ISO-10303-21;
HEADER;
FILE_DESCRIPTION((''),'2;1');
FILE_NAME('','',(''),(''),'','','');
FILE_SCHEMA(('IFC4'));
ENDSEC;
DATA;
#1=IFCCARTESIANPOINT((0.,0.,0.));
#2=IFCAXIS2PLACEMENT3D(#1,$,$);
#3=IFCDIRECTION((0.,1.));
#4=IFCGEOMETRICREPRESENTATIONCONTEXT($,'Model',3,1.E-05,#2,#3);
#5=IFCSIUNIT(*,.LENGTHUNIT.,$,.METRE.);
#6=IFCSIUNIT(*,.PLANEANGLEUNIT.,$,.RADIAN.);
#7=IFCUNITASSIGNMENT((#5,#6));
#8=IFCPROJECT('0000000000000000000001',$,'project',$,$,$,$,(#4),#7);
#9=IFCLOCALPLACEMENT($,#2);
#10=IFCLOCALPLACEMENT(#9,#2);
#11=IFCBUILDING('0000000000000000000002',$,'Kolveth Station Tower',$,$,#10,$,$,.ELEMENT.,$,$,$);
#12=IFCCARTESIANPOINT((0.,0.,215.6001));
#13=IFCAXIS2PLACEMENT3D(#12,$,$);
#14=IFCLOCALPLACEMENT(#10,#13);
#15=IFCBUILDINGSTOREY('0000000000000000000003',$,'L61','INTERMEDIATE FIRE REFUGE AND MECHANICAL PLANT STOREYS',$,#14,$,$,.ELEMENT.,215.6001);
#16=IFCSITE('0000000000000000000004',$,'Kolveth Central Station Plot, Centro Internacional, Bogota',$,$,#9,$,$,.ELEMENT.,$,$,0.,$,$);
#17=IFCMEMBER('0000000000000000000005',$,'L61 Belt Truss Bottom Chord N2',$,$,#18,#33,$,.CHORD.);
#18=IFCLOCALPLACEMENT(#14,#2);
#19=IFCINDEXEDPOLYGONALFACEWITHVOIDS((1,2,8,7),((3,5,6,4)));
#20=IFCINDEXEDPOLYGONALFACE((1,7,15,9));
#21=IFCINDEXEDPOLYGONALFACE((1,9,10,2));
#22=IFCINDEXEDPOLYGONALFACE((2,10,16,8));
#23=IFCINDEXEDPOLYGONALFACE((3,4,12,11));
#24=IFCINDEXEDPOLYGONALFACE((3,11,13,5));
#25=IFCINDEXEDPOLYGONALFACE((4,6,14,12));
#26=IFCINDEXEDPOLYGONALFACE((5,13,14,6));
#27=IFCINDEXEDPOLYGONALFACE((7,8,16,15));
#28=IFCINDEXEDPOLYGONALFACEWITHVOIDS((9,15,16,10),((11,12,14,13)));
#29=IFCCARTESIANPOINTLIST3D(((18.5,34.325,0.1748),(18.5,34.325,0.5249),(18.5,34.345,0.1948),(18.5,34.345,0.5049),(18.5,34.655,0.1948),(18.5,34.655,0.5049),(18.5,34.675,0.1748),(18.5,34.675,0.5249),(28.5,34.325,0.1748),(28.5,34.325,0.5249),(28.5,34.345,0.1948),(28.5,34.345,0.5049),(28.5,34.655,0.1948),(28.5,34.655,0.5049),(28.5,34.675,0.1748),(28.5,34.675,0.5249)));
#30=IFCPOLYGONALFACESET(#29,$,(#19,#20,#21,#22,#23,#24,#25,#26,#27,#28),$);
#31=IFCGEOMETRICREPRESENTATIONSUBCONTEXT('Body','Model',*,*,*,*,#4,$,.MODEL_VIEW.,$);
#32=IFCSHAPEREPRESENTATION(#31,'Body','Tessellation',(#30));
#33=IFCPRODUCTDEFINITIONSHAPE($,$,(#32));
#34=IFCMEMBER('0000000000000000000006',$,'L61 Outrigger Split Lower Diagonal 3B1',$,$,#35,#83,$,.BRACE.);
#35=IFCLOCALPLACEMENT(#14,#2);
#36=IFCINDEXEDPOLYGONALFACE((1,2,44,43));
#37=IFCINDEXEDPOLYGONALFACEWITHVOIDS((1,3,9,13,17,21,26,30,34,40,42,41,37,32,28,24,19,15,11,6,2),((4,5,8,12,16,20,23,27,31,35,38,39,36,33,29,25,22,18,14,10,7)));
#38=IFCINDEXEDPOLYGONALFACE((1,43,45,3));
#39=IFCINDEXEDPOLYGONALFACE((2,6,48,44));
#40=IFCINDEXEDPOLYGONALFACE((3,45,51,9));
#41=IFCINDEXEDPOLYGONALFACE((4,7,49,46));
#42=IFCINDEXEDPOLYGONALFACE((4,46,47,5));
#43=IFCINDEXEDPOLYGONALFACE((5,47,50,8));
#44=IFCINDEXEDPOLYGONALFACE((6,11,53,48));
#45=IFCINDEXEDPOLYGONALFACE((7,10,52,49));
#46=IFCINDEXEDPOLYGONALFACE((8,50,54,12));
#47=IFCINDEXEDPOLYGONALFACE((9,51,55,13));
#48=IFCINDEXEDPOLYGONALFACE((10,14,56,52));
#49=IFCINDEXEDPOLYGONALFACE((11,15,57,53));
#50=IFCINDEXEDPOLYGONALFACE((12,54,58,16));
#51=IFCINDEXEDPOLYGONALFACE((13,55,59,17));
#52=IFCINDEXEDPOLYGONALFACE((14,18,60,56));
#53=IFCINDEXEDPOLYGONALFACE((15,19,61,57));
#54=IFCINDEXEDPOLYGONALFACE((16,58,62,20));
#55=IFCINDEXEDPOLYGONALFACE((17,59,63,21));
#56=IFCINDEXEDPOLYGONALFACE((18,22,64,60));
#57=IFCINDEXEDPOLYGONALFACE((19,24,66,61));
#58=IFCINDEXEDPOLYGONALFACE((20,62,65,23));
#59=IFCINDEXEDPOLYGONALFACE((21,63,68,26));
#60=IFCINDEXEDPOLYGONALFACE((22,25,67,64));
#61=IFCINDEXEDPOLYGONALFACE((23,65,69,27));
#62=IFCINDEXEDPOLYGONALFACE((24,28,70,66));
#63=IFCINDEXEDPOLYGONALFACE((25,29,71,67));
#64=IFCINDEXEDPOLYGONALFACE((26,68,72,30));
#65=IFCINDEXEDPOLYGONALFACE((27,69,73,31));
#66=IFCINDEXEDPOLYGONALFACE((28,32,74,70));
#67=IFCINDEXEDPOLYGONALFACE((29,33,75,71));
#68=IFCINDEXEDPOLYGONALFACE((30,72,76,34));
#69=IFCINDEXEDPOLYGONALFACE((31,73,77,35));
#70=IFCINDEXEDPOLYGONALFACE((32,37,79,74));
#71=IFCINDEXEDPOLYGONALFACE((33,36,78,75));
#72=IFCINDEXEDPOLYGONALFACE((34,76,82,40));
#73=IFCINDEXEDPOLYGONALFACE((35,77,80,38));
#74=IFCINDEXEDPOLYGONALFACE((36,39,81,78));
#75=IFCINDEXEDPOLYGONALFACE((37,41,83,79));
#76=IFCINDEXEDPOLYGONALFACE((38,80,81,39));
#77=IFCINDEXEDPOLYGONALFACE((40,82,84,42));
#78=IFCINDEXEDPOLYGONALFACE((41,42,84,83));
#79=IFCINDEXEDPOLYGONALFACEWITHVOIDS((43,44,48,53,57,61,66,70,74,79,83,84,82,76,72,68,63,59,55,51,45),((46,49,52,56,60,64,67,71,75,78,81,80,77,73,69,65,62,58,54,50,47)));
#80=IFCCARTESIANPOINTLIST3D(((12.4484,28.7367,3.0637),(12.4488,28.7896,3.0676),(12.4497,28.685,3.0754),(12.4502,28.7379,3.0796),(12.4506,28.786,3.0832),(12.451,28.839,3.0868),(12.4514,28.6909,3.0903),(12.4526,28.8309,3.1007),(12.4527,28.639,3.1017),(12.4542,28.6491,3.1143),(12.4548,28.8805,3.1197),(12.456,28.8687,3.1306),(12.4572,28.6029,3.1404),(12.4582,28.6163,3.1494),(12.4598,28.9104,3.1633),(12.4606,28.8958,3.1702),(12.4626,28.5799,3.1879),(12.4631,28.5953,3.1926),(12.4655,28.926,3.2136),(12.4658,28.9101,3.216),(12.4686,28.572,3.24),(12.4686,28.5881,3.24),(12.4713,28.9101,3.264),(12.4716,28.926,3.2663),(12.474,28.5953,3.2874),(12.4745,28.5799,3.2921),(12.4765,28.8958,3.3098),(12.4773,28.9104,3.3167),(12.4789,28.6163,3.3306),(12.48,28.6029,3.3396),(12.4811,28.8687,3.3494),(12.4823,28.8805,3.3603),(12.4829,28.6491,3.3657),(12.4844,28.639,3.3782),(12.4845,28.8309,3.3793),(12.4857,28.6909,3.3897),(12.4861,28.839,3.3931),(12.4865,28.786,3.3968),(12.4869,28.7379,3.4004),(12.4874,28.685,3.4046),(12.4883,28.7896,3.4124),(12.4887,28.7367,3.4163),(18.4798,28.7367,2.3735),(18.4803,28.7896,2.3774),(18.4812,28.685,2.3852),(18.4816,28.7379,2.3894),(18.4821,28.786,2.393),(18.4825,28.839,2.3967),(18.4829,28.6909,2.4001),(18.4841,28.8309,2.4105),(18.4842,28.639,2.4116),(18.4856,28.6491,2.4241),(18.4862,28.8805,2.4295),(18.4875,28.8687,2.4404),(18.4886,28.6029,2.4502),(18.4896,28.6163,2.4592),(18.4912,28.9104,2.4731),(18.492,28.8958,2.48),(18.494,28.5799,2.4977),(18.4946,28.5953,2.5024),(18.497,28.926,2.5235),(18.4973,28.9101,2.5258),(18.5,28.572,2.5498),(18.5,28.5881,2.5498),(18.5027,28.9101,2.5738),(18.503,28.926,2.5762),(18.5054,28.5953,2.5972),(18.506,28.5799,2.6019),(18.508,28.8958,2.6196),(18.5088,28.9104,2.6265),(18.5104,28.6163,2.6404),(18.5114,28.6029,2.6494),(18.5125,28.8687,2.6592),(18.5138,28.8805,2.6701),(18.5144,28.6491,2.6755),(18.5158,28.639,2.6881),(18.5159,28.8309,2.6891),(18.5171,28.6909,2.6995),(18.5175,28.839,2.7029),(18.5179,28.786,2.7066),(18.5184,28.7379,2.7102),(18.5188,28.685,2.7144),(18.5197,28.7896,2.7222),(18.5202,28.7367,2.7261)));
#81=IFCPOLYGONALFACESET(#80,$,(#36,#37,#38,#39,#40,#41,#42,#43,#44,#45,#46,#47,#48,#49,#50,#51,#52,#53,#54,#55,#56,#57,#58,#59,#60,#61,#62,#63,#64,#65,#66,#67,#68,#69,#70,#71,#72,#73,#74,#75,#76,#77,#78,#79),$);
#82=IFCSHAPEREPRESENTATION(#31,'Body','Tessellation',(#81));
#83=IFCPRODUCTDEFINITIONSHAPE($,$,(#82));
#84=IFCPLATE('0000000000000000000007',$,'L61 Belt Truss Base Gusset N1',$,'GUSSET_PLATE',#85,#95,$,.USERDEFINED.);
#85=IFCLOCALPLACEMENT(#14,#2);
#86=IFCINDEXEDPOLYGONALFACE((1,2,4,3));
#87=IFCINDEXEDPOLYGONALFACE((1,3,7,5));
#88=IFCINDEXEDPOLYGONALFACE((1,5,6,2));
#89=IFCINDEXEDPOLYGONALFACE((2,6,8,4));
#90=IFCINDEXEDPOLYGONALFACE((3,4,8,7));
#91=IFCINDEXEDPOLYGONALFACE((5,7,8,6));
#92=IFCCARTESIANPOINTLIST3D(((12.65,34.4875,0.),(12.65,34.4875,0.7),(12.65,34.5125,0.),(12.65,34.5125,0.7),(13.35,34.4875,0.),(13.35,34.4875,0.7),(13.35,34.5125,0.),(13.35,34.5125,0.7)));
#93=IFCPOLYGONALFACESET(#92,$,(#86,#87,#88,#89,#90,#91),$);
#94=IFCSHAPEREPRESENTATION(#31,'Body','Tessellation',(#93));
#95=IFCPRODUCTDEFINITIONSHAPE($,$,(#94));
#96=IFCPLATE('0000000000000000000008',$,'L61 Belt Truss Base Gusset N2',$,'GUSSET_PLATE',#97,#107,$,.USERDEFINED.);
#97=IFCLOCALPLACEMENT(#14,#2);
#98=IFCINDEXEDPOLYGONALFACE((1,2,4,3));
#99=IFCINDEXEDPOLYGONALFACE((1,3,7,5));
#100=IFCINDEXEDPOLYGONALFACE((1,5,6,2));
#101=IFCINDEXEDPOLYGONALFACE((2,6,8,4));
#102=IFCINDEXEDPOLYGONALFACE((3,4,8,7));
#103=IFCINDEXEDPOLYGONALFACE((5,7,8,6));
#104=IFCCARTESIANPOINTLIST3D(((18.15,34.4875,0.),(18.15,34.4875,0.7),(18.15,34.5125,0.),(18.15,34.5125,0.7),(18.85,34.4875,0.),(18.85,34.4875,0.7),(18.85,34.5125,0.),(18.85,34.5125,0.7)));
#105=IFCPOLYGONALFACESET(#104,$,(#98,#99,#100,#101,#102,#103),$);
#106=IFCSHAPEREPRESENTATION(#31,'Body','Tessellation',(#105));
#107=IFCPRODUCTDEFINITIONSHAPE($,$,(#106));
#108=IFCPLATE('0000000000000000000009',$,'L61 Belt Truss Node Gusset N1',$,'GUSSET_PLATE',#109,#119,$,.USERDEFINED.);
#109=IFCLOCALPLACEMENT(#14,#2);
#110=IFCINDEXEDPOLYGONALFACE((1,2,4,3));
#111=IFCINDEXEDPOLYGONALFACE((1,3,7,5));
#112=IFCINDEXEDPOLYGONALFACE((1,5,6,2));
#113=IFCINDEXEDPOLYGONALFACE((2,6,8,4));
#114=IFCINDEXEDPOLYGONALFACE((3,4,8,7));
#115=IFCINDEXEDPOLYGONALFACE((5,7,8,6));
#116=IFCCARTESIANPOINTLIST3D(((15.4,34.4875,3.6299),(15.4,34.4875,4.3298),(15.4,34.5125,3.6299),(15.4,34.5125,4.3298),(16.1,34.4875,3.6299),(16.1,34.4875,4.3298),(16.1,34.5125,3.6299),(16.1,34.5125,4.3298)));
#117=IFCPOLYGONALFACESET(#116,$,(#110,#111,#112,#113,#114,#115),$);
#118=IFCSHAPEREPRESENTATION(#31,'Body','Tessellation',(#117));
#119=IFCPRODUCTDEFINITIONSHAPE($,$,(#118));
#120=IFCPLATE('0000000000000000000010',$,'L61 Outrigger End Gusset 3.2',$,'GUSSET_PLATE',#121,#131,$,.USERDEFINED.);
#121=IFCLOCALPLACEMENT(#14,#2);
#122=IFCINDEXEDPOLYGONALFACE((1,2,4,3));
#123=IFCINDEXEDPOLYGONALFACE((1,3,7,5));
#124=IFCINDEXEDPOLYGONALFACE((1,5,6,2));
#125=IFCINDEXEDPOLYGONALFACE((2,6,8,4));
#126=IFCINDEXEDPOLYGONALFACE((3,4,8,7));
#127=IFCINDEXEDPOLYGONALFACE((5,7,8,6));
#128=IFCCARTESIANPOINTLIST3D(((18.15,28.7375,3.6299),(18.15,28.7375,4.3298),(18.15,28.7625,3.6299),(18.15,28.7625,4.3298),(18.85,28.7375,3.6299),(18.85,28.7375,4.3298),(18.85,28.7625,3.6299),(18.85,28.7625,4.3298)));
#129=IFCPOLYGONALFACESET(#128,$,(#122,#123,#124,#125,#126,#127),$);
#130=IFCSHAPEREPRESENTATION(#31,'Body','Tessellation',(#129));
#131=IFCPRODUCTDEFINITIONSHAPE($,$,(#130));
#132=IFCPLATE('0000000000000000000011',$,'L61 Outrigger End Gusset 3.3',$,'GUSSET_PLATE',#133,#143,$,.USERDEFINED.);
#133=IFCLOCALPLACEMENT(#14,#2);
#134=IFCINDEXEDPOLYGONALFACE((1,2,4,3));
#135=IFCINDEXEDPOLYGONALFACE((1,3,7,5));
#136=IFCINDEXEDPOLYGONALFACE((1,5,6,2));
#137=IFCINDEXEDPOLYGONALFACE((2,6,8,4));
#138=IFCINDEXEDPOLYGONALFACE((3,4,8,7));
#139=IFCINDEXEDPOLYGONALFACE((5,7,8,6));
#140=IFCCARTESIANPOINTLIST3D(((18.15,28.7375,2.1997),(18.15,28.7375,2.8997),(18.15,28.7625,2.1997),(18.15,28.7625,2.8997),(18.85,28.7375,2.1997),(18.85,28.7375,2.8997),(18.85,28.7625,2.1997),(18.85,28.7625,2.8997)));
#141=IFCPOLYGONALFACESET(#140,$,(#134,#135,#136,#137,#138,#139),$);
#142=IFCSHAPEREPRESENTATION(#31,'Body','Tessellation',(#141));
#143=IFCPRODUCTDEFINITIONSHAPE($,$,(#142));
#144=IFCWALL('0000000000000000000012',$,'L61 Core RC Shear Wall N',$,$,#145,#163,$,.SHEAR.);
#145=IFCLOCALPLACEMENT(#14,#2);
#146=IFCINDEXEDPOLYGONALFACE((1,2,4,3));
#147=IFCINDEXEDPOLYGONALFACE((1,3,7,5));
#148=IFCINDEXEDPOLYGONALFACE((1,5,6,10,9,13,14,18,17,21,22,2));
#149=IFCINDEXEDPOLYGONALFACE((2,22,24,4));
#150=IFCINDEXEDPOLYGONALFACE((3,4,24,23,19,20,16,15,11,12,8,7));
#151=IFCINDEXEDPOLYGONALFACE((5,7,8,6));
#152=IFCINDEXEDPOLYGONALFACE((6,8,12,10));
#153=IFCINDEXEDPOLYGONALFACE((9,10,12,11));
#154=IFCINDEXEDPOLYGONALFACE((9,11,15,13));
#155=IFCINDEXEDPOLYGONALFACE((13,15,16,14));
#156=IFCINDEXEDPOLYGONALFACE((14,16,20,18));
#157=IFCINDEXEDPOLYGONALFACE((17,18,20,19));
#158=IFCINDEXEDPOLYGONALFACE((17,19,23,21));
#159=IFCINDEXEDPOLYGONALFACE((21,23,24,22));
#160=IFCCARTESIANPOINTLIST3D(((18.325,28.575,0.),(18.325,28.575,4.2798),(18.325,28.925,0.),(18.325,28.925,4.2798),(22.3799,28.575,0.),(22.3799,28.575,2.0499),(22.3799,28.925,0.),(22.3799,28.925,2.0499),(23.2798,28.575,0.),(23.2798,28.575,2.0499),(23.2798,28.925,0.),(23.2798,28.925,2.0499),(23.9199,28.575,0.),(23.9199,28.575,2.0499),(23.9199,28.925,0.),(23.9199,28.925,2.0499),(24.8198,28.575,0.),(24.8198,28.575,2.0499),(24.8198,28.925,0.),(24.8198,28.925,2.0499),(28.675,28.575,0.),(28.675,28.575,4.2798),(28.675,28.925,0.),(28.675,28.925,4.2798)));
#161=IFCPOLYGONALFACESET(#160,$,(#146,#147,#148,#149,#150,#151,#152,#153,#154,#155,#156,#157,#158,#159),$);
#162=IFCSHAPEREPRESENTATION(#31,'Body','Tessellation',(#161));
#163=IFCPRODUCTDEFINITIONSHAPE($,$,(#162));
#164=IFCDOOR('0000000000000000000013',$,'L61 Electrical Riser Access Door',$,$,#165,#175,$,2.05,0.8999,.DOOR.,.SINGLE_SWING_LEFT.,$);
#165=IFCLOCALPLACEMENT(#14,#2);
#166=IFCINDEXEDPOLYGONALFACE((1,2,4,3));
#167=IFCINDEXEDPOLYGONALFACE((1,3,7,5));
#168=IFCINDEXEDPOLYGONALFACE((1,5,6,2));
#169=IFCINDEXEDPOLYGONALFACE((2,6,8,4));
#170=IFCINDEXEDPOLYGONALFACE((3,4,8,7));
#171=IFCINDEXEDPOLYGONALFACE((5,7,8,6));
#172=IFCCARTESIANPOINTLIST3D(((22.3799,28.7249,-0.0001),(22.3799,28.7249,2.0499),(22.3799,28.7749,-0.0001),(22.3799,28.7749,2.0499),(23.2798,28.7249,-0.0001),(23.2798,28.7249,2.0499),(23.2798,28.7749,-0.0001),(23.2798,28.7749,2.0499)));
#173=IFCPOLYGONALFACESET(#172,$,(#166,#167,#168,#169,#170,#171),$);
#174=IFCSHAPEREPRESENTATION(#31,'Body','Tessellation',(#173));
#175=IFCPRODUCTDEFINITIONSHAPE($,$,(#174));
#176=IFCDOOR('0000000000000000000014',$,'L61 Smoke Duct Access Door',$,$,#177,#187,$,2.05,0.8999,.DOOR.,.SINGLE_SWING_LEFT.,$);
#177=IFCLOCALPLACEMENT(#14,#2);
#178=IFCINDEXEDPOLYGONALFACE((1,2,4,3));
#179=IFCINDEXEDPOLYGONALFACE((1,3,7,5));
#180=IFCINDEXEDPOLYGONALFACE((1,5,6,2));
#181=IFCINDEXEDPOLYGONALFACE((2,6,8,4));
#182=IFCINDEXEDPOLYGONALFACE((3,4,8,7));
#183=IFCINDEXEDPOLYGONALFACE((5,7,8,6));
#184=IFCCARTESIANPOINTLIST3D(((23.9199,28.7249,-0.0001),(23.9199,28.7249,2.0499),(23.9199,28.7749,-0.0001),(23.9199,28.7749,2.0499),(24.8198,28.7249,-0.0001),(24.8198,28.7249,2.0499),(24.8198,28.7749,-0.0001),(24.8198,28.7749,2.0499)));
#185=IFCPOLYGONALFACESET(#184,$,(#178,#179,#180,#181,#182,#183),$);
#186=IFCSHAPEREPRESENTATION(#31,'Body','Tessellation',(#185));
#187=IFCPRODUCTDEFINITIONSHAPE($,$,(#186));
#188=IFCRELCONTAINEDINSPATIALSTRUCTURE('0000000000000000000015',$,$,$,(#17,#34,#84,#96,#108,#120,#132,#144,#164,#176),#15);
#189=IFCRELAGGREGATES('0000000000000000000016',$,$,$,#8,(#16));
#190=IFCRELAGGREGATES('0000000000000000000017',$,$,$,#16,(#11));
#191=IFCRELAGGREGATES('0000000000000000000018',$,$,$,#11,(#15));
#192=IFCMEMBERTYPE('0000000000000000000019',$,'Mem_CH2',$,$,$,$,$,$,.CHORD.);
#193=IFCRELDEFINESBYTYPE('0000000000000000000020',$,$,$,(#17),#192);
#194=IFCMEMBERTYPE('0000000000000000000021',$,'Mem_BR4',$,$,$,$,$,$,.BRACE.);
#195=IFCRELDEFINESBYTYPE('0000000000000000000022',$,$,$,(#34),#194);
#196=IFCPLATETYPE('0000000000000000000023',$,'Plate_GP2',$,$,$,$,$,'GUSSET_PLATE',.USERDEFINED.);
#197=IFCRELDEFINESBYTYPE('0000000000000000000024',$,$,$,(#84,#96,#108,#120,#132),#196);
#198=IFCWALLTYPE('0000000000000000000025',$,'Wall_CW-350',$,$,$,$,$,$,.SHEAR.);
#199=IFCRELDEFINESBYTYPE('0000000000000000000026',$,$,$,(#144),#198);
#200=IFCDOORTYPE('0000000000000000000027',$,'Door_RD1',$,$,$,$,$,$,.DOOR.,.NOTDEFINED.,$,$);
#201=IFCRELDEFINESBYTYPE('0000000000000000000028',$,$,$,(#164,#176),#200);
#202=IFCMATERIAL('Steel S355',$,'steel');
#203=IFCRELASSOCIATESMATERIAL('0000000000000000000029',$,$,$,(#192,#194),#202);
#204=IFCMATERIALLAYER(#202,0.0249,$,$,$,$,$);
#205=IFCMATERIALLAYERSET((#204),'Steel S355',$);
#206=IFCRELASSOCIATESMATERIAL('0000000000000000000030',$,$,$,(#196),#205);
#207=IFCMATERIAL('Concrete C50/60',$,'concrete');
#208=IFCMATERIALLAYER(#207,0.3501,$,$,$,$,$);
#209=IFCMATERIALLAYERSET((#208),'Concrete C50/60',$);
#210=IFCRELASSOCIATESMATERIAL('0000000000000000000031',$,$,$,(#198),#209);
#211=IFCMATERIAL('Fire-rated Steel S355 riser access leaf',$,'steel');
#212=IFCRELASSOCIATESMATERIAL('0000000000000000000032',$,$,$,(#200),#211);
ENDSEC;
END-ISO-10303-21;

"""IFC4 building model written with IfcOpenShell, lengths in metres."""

from ifc_helpers import new_model, si_unit, direction, frame, frame_2d, origin, origin_2d, place, context, subcontext, project, spatial, rectangle, hollow_rectangle, hollow_circle, extrude, source, transform, mapped, material, layer, layer_set, material_profile, profile_set, type_object, element, fill, save


model = new_model("IFC4")

# Units and contexts
model_context = context("Model", 3, precision=1e-05, world=origin(), true_north=direction((0.0, 1.0)))
body_context = subcontext(model_context, "Body", "Model", "MODEL_VIEW")
ifc_project = project(units=[si_unit("LENGTHUNIT", "METRE"), si_unit("PLANEANGLEUNIT", "RADIAN")], contexts=[model_context])

# Site, building, storey
site_placement = place(None, origin())
site = spatial("IfcSite", under=ifc_project, at=site_placement, Name="Kolveth Central Station Plot, Centro Internacional, Bogota", CompositionType="ELEMENT", RefElevation=0.0)
building_placement = place(site_placement, origin())
building = spatial("IfcBuilding", under=site, at=building_placement, Name="Kolveth Station Tower", CompositionType="ELEMENT")
storey_placement = place(building_placement, frame((0.0, 0.0, 215.6001)))
storey = spatial("IfcBuildingStorey", under=building, at=storey_placement, Name="L61", Description="INTERMEDIATE FIRE REFUGE AND MECHANICAL PLANT STOREYS", CompositionType="ELEMENT", Elevation=215.6001)

# Shared definitions
ifc_material_1 = material(Name="Steel S355", Category="steel")

# Members
ifc_material_profile_1 = material_profile(ifc_material_1, hollow_rectangle(XDim=0.3501, YDim=0.3501, WallThickness=0.02, at=origin_2d()), Name="HSS350x350x20")
ifc_profile_set_1 = profile_set([ifc_material_profile_1], Name="Steel S355")
member_type_1 = type_object("IfcMemberType", Name="Mem_CH2", PredefinedType="CHORD", material=ifc_profile_set_1)
shared_shape_1 = source(origin(), body_context, "Body", "SweptSolid", [
    extrude(hollow_rectangle(XDim=0.3501, YDim=0.3501, WallThickness=0.02, at=origin_2d()), origin(), (0.0, 0.0, 1.0), 10.0),
])
member_1_placement = place(storey_placement, frame((18.5, 34.5, 0.3499), z_axis=(1.0, 0.0, 0.0), x_axis=(0.0, 1.0, 0.0)))
element("IfcMember", 1, at=member_1_placement, inside=storey, type_object=member_type_1, Name="L61 Belt Truss Bottom Chord N2", PredefinedType="CHORD", context=body_context, shape_type="MappedRepresentation", body=[
    mapped(shared_shape_1, transform((0.0, 0.0, 0.0), x_axis=(1.0, 0.0, 0.0), y_axis=(0.0, 1.0, 0.0), z_axis=(0.0, 0.0, 1.0), scale=1.0)),
])
ifc_material_profile_2 = material_profile(ifc_material_1, hollow_circle(Radius=0.178, WallThickness=0.0161, at=origin_2d()), Name="CHS356x16")
ifc_profile_set_2 = profile_set([ifc_material_profile_2], Name="Steel S355")
member_type_2 = type_object("IfcMemberType", Name="Mem_BR4", PredefinedType="BRACE", material=ifc_profile_set_2)
shared_shape_2 = source(origin(), body_context, "Body", "SweptSolid", [
    extrude(hollow_circle(Radius=0.178, WallThickness=0.0161, at=origin_2d()), origin(), (0.0, 0.0, 1.0), 6.0708),
])
member_2_placement = place(storey_placement, frame((18.5, 28.75, 2.5498), z_axis=(-0.993516, 0.0, 0.113688), x_axis=(0.0, -1.0, 0.0)))
element("IfcMember", 2, at=member_2_placement, inside=storey, type_object=member_type_2, Name="L61 Outrigger Split Lower Diagonal 3B1", PredefinedType="BRACE", context=body_context, shape_type="MappedRepresentation", body=[
    mapped(shared_shape_2, transform((0.0, 0.0, 0.0), x_axis=(1.0, 0.0, 0.0), y_axis=(0.0, 1.0, 0.0), z_axis=(0.0, 0.0, 1.0), scale=1.0)),
])

# Plates
ifc_layer_1 = layer(ifc_material_1, 0.0249)
ifc_layer_set_1 = layer_set([ifc_layer_1], Name="Steel S355")
plate_type = type_object("IfcPlateType", Name="Plate_GP2", ElementType="GUSSET_PLATE", PredefinedType="USERDEFINED", material=ifc_layer_set_1)
shared_shape_3 = source(origin(), body_context, "Body", "SweptSolid", [
    extrude(rectangle(XDim=0.7, YDim=0.0249, at=origin_2d()), origin(), (0.0, 0.0, 1.0), 0.7),
])
for number, where, z_axis, x_axis, name in (
    (3, (13.0, 34.5, 0.0), (0.0, 0.0, 1.0), (1.0, 0.0, 0.0), "L61 Belt Truss Base Gusset N1"),
    (4, (18.5, 34.5, 0.0), (0.0, 0.0, 1.0), (1.0, 0.0, 0.0), "L61 Belt Truss Base Gusset N2"),
    (5, (15.75, 34.5, 3.6299), (0.0, 0.0, 1.0), (1.0, 0.0, 0.0), "L61 Belt Truss Node Gusset N1"),
    (6, (18.5, 28.75, 3.6299), (0.0, 0.0, 1.0), (1.0, 0.0, 0.0), "L61 Outrigger End Gusset 3.2"),
    (7, (18.5, 28.75, 2.1997), (0.0, 0.0, 1.0), (1.0, 0.0, 0.0), "L61 Outrigger End Gusset 3.3"),
):
    element("IfcPlate", number, at=place(storey_placement, frame(where, z_axis=z_axis, x_axis=x_axis)), inside=storey, type_object=plate_type, Name=name, ObjectType="GUSSET_PLATE", PredefinedType="USERDEFINED", context=body_context, shape_type="MappedRepresentation", body=[
        mapped(shared_shape_3, transform((0.0, 0.0, 0.0), x_axis=(1.0, 0.0, 0.0), y_axis=(0.0, 1.0, 0.0), z_axis=(0.0, 0.0, 1.0), scale=1.0)),
    ])

# Wall, openings, doors
ifc_material_2 = material(Name="Concrete C50/60", Category="concrete")
ifc_layer_2 = layer(ifc_material_2, 0.3501)
ifc_layer_set_2 = layer_set([ifc_layer_2], Name="Concrete C50/60")
wall_type = type_object("IfcWallType", Name="Wall_CW-350", PredefinedType="SHEAR", material=ifc_layer_set_2)
wall_placement = place(storey_placement, frame((18.325, 28.75, 0.0), z_axis=(0.0, 0.0, 1.0), x_axis=(1.0, 0.0, 0.0)))
wall = element("IfcWall", 8, at=wall_placement, inside=storey, type_object=wall_type, Name="L61 Core RC Shear Wall N", PredefinedType="SHEAR", context=body_context, shape_type="SweptSolid", body=[
    extrude(rectangle(XDim=10.3501, YDim=0.3501, at=frame_2d((5.175, 0.0))), origin(), (0.0, 0.0, 1.0), 4.2798),
])
opening_1_placement = place(wall_placement, frame((4.0549, 0.0, 0.0)))
opening_1 = element("IfcOpeningElement", 9, at=opening_1_placement, cuts=wall, PredefinedType="OPENING", context=body_context, shape_type="SweptSolid", body=[
    extrude(rectangle(XDim=0.8999, YDim=2.05, at=frame_2d((0.45, 1.0249))), frame((0.0, 0.1851, 0.0), z_axis=(0.0, -1.0, 0.0), x_axis=(1.0, 0.0, 0.0)), (0.0, 0.0, 1.0), 0.3701),
])
opening_2_placement = place(wall_placement, frame((5.595, 0.0, 0.0)))
opening_2 = element("IfcOpeningElement", 10, at=opening_2_placement, cuts=wall, PredefinedType="OPENING", context=body_context, shape_type="SweptSolid", body=[
    extrude(rectangle(XDim=0.8999, YDim=2.05, at=frame_2d((0.45, 1.0249))), frame((0.0, 0.1851, 0.0), z_axis=(0.0, -1.0, 0.0), x_axis=(1.0, 0.0, 0.0)), (0.0, 0.0, 1.0), 0.3701),
])
ifc_material_3 = material(Name="Fire-rated Steel S355 riser access leaf", Category="steel")
door_type = type_object("IfcDoorType", Name="Door_RD1", OperationType="NOTDEFINED", PredefinedType="DOOR", material=ifc_material_3)
door_1_placement = place(opening_1_placement, origin())
door_1 = element("IfcDoor", 11, at=door_1_placement, inside=storey, type_object=door_type, Name="L61 Electrical Riser Access Door", OperationType="SINGLE_SWING_LEFT", OverallHeight=2.05, OverallWidth=0.8999, PredefinedType="DOOR", context=body_context, shape_type="SweptSolid", body=[
    extrude(rectangle(XDim=0.8999, YDim=2.05, at=frame_2d((0.45, 1.0249))), frame((0.0, 0.0249, 0.0), z_axis=(0.0, -1.0, 0.0), x_axis=(1.0, 0.0, 0.0)), (0.0, 0.0, 1.0), 0.05),
])
fill(opening_1, door_1)
door_2_placement = place(opening_2_placement, origin())
door_2 = element("IfcDoor", 12, at=door_2_placement, inside=storey, type_object=door_type, Name="L61 Smoke Duct Access Door", OperationType="SINGLE_SWING_LEFT", OverallHeight=2.05, OverallWidth=0.8999, PredefinedType="DOOR", context=body_context, shape_type="SweptSolid", body=[
    extrude(rectangle(XDim=0.8999, YDim=2.05, at=frame_2d((0.45, 1.0249))), frame((0.0, 0.0249, 0.0), z_axis=(0.0, -1.0, 0.0), x_axis=(1.0, 0.0, 0.0)), (0.0, 0.0, 1.0), 0.05),
])
fill(opening_2, door_2)

save(model, "model.ifc")
